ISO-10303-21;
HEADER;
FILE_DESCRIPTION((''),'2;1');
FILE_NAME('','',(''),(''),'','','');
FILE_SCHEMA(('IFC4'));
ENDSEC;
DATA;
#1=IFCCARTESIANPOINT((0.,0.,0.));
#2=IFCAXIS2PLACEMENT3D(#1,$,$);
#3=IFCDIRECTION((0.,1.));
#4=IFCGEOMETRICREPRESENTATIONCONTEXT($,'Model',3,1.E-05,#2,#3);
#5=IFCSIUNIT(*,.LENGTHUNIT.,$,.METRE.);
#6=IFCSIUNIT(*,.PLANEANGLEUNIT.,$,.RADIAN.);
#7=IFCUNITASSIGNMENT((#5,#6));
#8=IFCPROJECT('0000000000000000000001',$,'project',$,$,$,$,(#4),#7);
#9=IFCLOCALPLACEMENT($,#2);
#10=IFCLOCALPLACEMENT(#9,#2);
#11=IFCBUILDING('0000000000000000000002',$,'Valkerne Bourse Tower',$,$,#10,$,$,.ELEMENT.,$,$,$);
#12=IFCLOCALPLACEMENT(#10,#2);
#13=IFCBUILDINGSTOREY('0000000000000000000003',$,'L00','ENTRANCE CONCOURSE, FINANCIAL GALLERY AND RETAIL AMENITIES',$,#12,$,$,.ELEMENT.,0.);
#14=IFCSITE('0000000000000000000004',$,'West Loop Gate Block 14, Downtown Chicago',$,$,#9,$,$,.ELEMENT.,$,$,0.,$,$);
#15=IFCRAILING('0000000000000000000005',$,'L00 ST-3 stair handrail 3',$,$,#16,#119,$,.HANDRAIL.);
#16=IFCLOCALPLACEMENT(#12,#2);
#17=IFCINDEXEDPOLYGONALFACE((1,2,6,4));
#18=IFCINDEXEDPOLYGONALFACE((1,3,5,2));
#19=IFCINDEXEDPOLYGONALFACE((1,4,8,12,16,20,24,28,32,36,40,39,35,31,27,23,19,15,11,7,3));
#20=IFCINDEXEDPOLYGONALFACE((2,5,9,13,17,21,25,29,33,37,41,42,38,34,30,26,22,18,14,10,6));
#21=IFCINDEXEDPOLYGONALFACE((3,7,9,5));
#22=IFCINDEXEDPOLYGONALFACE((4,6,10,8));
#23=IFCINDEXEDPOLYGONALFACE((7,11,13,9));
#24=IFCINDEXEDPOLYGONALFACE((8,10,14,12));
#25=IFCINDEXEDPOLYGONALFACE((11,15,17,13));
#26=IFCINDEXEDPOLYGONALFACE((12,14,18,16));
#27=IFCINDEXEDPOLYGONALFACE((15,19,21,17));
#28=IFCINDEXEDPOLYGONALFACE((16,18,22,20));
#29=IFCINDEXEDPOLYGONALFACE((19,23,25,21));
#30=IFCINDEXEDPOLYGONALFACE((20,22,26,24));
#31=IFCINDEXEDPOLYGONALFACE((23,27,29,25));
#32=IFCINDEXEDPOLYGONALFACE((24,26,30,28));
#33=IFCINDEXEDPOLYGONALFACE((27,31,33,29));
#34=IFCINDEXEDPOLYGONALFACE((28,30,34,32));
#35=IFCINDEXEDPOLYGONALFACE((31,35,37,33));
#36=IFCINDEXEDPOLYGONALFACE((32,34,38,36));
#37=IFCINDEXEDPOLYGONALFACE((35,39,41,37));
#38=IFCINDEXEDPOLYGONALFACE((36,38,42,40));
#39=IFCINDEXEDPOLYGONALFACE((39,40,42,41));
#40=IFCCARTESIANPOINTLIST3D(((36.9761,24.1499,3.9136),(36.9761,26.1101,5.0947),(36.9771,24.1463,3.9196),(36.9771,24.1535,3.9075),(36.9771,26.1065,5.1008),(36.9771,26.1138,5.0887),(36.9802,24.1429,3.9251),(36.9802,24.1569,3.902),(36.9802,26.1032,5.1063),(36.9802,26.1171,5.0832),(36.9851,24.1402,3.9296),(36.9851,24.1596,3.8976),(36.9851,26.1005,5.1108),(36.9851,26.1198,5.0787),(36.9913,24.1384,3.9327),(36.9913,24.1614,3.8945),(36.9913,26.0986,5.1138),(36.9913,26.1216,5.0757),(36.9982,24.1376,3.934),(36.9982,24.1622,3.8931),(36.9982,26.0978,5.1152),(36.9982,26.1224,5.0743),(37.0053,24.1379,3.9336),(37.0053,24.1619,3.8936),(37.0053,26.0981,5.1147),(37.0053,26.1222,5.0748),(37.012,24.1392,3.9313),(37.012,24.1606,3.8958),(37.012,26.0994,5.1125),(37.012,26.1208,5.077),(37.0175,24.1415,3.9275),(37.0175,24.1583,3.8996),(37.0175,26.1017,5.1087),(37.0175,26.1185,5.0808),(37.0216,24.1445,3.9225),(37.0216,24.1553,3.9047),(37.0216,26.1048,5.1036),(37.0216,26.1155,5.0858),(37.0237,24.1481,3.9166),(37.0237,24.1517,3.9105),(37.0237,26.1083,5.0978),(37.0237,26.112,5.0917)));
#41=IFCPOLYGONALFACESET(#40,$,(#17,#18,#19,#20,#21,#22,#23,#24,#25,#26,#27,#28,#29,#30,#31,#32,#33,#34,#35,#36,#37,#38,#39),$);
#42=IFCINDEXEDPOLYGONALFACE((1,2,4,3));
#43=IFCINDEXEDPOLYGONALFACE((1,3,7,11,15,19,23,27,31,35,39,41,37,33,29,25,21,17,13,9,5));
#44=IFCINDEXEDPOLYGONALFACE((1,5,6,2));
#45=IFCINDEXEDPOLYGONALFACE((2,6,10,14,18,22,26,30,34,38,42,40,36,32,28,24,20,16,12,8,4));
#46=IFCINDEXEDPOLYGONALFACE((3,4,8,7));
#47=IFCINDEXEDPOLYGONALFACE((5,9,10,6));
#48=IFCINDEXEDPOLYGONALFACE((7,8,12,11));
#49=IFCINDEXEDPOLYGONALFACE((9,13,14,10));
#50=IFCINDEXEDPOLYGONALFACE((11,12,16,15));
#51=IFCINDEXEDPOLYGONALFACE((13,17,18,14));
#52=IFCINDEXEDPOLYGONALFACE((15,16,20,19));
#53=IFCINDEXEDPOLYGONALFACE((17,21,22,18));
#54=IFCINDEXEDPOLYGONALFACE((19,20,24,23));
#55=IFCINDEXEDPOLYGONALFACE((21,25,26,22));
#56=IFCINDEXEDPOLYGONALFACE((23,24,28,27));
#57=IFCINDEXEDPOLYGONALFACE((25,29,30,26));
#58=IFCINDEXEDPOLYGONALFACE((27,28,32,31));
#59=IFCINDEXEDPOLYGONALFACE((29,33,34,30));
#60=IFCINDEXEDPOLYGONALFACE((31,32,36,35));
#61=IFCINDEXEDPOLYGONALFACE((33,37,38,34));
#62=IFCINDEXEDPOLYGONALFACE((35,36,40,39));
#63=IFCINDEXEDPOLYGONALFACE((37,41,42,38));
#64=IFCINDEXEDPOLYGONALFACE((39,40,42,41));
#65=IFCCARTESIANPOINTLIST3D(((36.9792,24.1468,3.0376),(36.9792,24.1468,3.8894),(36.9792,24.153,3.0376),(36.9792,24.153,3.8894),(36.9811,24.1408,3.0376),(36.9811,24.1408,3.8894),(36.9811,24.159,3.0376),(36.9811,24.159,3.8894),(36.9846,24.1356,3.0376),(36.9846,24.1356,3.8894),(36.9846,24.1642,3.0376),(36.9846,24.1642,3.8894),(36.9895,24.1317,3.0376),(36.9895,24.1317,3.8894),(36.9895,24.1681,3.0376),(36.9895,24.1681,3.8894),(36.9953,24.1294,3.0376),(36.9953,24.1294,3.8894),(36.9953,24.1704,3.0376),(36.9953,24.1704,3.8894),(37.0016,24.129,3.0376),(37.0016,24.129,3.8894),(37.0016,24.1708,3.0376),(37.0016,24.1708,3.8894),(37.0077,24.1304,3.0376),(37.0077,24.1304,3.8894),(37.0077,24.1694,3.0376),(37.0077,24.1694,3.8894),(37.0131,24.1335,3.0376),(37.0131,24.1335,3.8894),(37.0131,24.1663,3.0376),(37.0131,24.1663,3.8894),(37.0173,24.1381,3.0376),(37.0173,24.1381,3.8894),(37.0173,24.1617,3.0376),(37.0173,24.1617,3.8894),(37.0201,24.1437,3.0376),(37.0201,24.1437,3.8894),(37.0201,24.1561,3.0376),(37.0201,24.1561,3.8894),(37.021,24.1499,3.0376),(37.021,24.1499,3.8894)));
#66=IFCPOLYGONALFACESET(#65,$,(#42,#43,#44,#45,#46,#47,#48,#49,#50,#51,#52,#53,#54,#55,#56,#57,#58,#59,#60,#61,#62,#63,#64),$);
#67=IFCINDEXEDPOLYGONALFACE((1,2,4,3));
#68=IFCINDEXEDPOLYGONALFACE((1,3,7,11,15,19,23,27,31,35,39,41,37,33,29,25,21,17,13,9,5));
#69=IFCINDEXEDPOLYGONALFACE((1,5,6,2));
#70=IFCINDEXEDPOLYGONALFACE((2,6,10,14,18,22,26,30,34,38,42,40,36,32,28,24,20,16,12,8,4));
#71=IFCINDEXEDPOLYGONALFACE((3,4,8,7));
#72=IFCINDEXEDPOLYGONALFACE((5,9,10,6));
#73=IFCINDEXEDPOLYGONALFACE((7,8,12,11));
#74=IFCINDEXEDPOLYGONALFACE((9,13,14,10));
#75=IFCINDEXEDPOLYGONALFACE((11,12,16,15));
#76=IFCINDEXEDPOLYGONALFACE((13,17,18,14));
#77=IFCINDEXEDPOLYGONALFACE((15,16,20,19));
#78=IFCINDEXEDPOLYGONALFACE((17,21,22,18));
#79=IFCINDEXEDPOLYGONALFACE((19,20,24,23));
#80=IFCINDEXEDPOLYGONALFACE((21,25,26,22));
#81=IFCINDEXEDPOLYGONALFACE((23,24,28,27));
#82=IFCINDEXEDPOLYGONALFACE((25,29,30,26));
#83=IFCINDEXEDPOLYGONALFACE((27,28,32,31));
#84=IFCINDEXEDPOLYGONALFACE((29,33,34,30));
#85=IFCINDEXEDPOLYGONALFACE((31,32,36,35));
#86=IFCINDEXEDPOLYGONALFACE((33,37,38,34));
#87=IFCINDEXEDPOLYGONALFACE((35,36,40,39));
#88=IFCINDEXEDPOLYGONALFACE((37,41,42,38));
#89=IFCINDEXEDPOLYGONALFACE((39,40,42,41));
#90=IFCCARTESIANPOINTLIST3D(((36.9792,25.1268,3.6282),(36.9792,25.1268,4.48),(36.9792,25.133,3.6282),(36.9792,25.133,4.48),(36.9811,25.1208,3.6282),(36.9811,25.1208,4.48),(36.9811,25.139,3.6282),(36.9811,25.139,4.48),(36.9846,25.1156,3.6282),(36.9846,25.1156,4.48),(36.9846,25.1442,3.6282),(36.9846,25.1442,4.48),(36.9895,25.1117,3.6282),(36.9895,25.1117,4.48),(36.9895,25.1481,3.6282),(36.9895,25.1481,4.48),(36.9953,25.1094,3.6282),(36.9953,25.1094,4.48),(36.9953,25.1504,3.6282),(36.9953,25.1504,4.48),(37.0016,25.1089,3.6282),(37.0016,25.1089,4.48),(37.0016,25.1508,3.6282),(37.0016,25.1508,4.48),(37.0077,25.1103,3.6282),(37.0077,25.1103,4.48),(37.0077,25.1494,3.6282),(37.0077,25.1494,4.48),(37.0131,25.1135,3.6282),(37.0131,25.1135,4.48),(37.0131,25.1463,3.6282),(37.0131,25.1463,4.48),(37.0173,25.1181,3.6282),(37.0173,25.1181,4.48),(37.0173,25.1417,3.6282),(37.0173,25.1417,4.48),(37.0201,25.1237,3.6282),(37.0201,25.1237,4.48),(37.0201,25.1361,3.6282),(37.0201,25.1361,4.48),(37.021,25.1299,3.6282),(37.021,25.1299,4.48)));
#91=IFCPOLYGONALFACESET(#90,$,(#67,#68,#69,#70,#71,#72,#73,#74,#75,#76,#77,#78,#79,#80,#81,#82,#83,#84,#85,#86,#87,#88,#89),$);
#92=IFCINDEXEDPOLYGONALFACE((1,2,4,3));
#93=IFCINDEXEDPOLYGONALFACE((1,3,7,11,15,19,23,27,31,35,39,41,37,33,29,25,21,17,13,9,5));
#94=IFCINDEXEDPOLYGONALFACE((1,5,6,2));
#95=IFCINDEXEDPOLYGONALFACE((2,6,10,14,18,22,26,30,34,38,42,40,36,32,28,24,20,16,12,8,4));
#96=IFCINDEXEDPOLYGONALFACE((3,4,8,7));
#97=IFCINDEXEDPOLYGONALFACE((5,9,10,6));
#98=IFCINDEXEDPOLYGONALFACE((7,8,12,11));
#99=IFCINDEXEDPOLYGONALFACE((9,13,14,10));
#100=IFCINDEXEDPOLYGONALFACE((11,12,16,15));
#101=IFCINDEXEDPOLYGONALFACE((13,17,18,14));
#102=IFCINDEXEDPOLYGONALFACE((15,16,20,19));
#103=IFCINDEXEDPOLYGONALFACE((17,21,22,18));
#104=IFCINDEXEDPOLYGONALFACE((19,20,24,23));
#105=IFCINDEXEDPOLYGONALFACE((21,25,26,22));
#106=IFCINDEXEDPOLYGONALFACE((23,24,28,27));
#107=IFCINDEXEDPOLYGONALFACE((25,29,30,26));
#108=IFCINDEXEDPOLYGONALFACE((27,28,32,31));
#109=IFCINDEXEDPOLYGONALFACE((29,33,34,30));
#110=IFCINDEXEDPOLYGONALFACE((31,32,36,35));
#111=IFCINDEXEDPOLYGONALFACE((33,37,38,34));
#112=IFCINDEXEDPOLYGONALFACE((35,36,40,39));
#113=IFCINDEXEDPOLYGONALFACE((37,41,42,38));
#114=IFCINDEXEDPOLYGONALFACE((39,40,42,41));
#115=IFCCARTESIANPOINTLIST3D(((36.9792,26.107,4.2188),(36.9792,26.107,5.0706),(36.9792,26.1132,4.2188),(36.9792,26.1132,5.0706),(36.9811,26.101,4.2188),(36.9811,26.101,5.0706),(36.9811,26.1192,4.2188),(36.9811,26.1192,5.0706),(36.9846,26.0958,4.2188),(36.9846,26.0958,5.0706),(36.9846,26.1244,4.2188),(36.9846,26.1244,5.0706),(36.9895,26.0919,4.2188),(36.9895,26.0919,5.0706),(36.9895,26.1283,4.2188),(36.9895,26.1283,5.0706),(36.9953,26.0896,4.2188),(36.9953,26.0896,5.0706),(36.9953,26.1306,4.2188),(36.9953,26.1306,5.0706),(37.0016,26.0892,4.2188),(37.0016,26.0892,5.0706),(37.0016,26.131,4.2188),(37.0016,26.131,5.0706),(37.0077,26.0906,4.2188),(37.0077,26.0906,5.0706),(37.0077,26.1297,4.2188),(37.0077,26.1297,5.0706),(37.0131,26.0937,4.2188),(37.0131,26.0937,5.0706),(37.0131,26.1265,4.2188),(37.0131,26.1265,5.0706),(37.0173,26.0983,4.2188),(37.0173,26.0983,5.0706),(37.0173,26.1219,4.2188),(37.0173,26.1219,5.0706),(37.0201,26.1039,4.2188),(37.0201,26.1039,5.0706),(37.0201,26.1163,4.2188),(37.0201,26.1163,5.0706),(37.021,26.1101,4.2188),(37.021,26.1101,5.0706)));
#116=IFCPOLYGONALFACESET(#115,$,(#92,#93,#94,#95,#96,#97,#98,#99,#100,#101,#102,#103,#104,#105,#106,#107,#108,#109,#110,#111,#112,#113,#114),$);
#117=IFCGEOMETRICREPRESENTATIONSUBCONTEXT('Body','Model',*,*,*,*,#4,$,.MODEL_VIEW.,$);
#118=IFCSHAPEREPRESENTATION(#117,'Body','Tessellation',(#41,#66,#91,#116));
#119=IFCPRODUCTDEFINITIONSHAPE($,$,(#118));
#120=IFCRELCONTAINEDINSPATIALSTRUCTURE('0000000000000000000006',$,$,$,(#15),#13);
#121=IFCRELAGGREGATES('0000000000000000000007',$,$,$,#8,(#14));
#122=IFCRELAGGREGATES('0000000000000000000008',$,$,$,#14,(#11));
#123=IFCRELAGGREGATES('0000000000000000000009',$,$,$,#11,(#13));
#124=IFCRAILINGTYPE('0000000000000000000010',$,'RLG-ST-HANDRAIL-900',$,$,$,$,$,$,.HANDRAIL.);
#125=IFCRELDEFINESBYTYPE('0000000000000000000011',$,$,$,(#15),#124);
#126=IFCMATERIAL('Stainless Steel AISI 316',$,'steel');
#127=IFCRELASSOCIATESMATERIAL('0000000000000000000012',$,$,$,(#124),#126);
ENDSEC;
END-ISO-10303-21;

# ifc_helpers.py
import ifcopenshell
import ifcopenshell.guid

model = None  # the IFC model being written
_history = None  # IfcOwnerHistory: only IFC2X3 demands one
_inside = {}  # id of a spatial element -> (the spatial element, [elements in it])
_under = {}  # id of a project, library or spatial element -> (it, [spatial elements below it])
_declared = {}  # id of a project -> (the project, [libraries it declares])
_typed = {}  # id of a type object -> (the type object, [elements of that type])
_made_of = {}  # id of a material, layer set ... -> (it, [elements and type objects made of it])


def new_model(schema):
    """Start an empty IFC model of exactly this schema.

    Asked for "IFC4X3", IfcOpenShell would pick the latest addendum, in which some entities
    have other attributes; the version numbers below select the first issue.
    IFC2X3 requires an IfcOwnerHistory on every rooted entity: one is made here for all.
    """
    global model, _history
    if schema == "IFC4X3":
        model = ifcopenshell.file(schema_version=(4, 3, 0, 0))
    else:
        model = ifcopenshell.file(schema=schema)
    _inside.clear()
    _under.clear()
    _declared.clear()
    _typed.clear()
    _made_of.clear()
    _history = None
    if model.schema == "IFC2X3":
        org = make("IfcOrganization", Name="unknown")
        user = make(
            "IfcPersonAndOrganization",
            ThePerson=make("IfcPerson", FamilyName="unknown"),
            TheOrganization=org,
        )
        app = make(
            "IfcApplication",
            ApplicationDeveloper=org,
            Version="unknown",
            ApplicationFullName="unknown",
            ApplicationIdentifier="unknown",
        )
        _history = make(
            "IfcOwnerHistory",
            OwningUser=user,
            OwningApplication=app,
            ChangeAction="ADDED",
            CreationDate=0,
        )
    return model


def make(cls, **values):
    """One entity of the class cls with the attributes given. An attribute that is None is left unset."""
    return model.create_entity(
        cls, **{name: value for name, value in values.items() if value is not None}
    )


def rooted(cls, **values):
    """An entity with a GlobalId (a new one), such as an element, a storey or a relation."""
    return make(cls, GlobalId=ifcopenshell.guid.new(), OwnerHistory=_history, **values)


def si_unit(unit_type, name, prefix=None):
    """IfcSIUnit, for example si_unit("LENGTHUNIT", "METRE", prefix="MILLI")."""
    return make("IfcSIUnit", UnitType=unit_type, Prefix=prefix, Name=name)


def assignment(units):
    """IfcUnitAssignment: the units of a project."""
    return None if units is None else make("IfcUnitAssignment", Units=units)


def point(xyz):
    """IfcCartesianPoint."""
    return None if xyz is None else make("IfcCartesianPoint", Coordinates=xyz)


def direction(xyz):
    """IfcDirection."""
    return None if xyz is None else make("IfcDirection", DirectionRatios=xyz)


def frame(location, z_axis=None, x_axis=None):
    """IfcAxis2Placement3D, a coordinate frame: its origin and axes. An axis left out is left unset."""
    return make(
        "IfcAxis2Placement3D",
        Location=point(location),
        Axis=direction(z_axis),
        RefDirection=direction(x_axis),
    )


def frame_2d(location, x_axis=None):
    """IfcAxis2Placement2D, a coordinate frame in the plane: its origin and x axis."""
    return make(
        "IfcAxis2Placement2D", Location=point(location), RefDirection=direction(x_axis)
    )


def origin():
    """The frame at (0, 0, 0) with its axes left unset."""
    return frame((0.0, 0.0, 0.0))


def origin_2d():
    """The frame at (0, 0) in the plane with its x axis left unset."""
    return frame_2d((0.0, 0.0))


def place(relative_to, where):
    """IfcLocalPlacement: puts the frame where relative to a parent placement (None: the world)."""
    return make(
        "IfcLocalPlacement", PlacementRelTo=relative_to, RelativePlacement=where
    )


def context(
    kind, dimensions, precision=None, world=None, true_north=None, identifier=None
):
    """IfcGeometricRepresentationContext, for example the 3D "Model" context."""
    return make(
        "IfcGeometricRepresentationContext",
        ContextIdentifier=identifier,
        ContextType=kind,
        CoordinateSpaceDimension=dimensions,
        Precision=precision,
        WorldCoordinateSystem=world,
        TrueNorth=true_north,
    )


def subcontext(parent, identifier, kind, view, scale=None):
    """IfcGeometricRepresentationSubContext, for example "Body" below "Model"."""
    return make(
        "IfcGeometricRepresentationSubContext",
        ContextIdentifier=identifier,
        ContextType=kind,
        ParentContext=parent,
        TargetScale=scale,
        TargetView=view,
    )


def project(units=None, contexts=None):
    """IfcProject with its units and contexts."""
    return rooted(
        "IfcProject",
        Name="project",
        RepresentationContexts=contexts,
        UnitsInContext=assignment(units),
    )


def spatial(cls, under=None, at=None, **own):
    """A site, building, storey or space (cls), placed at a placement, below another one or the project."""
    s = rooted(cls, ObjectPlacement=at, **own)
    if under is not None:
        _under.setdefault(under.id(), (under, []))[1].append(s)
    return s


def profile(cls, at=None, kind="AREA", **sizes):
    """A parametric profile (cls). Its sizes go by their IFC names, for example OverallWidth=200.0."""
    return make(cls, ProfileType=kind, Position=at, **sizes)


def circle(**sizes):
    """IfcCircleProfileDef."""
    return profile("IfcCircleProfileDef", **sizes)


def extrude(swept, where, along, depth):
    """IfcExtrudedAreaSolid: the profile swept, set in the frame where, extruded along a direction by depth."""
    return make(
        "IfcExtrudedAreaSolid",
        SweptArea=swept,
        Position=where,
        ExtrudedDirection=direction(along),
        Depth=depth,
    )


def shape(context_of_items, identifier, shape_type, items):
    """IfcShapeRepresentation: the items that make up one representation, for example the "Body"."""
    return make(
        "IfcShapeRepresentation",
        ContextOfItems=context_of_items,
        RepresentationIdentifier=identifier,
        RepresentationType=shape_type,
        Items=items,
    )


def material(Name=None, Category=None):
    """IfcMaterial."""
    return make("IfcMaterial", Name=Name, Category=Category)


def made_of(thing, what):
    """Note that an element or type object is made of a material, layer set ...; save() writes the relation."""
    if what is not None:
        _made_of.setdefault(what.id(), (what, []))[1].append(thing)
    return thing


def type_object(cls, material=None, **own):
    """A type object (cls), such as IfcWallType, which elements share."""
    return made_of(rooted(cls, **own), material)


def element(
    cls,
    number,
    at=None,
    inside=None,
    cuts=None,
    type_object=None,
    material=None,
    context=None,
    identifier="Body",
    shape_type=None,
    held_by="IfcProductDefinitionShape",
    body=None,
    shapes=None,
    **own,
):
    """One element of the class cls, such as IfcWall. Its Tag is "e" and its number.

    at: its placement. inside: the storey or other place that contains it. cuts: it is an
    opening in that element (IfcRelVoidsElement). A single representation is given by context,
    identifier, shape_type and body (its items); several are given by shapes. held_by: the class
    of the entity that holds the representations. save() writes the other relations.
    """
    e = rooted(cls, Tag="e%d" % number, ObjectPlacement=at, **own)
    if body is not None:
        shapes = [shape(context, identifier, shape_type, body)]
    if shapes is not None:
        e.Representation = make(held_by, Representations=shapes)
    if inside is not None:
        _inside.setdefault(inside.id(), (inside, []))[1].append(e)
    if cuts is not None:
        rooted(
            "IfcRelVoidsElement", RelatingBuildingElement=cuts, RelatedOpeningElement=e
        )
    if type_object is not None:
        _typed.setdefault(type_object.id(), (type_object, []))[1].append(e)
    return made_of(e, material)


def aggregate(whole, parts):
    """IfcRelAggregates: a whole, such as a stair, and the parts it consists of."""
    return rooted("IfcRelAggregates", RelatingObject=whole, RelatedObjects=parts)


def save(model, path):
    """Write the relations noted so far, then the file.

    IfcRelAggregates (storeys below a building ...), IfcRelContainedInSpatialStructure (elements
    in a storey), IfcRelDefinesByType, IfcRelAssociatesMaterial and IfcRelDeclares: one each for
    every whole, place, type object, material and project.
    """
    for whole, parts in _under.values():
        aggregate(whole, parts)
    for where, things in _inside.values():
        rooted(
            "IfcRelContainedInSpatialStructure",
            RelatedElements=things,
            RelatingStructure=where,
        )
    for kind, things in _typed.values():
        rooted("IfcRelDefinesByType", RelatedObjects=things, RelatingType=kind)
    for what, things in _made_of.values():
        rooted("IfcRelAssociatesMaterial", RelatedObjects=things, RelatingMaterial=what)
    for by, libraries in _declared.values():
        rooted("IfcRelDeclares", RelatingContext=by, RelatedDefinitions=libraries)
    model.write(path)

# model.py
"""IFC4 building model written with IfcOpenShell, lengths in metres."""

from ifc_helpers import new_model, si_unit, direction, frame, origin, origin_2d, place, context, subcontext, project, spatial, circle, extrude, material, type_object, element, save


model = new_model("IFC4")

# Units and contexts
model_context = context("Model", 3, precision=1e-05, world=origin(), true_north=direction((0.0, 1.0)))
body_context = subcontext(model_context, "Body", "Model", "MODEL_VIEW")
ifc_project = project(units=[si_unit("LENGTHUNIT", "METRE"), si_unit("PLANEANGLEUNIT", "RADIAN")], contexts=[model_context])

# Site, building, storey
site_placement = place(None, origin())
site = spatial("IfcSite", under=ifc_project, at=site_placement, Name="West Loop Gate Block 14, Downtown Chicago", CompositionType="ELEMENT", RefElevation=0.0)
building_placement = place(site_placement, origin())
building = spatial("IfcBuilding", under=site, at=building_placement, Name="Valkerne Bourse Tower", CompositionType="ELEMENT")
storey_placement = place(building_placement, origin())
storey = spatial("IfcBuildingStorey", under=building, at=storey_placement, Name="L00", Description="ENTRANCE CONCOURSE, FINANCIAL GALLERY AND RETAIL AMENITIES", CompositionType="ELEMENT", Elevation=0.0)

# Railing
ifc_material_1 = material(Name="Stainless Steel AISI 316", Category="steel")
railing_type_1 = type_object("IfcRailingType", Name="RLG-ST-HANDRAIL-900", PredefinedType="HANDRAIL", material=ifc_material_1)
railing_1_placement = place(storey_placement, frame((37.0, 24.1499, 3.0376)))
element("IfcRailing", 1, at=railing_1_placement, inside=storey, type_object=railing_type_1, Name="L00 ST-3 stair handrail 3", PredefinedType="HANDRAIL", context=body_context, shape_type="SweptSolid", body=[
    extrude(circle(Radius=0.0239, at=origin_2d()), frame((0.0, 0.0, 0.876), z_axis=(0.0, 0.856522, 0.516111), x_axis=(-1.0, 0.0, 0.0)), (0.0, 0.0, 1.0), 2.2886),
    extrude(circle(Radius=0.021, at=origin_2d()), origin(), (0.0, 0.0, 1.0), 0.8518),
    extrude(circle(Radius=0.021, at=origin_2d()), frame((0.0, 0.98, 0.5906)), (0.0, 0.0, 1.0), 0.8518),
    extrude(circle(Radius=0.021, at=origin_2d()), frame((0.0, 1.9602, 1.1812)), (0.0, 0.0, 1.0), 0.8518),
])

save(model, "model.ifc")
